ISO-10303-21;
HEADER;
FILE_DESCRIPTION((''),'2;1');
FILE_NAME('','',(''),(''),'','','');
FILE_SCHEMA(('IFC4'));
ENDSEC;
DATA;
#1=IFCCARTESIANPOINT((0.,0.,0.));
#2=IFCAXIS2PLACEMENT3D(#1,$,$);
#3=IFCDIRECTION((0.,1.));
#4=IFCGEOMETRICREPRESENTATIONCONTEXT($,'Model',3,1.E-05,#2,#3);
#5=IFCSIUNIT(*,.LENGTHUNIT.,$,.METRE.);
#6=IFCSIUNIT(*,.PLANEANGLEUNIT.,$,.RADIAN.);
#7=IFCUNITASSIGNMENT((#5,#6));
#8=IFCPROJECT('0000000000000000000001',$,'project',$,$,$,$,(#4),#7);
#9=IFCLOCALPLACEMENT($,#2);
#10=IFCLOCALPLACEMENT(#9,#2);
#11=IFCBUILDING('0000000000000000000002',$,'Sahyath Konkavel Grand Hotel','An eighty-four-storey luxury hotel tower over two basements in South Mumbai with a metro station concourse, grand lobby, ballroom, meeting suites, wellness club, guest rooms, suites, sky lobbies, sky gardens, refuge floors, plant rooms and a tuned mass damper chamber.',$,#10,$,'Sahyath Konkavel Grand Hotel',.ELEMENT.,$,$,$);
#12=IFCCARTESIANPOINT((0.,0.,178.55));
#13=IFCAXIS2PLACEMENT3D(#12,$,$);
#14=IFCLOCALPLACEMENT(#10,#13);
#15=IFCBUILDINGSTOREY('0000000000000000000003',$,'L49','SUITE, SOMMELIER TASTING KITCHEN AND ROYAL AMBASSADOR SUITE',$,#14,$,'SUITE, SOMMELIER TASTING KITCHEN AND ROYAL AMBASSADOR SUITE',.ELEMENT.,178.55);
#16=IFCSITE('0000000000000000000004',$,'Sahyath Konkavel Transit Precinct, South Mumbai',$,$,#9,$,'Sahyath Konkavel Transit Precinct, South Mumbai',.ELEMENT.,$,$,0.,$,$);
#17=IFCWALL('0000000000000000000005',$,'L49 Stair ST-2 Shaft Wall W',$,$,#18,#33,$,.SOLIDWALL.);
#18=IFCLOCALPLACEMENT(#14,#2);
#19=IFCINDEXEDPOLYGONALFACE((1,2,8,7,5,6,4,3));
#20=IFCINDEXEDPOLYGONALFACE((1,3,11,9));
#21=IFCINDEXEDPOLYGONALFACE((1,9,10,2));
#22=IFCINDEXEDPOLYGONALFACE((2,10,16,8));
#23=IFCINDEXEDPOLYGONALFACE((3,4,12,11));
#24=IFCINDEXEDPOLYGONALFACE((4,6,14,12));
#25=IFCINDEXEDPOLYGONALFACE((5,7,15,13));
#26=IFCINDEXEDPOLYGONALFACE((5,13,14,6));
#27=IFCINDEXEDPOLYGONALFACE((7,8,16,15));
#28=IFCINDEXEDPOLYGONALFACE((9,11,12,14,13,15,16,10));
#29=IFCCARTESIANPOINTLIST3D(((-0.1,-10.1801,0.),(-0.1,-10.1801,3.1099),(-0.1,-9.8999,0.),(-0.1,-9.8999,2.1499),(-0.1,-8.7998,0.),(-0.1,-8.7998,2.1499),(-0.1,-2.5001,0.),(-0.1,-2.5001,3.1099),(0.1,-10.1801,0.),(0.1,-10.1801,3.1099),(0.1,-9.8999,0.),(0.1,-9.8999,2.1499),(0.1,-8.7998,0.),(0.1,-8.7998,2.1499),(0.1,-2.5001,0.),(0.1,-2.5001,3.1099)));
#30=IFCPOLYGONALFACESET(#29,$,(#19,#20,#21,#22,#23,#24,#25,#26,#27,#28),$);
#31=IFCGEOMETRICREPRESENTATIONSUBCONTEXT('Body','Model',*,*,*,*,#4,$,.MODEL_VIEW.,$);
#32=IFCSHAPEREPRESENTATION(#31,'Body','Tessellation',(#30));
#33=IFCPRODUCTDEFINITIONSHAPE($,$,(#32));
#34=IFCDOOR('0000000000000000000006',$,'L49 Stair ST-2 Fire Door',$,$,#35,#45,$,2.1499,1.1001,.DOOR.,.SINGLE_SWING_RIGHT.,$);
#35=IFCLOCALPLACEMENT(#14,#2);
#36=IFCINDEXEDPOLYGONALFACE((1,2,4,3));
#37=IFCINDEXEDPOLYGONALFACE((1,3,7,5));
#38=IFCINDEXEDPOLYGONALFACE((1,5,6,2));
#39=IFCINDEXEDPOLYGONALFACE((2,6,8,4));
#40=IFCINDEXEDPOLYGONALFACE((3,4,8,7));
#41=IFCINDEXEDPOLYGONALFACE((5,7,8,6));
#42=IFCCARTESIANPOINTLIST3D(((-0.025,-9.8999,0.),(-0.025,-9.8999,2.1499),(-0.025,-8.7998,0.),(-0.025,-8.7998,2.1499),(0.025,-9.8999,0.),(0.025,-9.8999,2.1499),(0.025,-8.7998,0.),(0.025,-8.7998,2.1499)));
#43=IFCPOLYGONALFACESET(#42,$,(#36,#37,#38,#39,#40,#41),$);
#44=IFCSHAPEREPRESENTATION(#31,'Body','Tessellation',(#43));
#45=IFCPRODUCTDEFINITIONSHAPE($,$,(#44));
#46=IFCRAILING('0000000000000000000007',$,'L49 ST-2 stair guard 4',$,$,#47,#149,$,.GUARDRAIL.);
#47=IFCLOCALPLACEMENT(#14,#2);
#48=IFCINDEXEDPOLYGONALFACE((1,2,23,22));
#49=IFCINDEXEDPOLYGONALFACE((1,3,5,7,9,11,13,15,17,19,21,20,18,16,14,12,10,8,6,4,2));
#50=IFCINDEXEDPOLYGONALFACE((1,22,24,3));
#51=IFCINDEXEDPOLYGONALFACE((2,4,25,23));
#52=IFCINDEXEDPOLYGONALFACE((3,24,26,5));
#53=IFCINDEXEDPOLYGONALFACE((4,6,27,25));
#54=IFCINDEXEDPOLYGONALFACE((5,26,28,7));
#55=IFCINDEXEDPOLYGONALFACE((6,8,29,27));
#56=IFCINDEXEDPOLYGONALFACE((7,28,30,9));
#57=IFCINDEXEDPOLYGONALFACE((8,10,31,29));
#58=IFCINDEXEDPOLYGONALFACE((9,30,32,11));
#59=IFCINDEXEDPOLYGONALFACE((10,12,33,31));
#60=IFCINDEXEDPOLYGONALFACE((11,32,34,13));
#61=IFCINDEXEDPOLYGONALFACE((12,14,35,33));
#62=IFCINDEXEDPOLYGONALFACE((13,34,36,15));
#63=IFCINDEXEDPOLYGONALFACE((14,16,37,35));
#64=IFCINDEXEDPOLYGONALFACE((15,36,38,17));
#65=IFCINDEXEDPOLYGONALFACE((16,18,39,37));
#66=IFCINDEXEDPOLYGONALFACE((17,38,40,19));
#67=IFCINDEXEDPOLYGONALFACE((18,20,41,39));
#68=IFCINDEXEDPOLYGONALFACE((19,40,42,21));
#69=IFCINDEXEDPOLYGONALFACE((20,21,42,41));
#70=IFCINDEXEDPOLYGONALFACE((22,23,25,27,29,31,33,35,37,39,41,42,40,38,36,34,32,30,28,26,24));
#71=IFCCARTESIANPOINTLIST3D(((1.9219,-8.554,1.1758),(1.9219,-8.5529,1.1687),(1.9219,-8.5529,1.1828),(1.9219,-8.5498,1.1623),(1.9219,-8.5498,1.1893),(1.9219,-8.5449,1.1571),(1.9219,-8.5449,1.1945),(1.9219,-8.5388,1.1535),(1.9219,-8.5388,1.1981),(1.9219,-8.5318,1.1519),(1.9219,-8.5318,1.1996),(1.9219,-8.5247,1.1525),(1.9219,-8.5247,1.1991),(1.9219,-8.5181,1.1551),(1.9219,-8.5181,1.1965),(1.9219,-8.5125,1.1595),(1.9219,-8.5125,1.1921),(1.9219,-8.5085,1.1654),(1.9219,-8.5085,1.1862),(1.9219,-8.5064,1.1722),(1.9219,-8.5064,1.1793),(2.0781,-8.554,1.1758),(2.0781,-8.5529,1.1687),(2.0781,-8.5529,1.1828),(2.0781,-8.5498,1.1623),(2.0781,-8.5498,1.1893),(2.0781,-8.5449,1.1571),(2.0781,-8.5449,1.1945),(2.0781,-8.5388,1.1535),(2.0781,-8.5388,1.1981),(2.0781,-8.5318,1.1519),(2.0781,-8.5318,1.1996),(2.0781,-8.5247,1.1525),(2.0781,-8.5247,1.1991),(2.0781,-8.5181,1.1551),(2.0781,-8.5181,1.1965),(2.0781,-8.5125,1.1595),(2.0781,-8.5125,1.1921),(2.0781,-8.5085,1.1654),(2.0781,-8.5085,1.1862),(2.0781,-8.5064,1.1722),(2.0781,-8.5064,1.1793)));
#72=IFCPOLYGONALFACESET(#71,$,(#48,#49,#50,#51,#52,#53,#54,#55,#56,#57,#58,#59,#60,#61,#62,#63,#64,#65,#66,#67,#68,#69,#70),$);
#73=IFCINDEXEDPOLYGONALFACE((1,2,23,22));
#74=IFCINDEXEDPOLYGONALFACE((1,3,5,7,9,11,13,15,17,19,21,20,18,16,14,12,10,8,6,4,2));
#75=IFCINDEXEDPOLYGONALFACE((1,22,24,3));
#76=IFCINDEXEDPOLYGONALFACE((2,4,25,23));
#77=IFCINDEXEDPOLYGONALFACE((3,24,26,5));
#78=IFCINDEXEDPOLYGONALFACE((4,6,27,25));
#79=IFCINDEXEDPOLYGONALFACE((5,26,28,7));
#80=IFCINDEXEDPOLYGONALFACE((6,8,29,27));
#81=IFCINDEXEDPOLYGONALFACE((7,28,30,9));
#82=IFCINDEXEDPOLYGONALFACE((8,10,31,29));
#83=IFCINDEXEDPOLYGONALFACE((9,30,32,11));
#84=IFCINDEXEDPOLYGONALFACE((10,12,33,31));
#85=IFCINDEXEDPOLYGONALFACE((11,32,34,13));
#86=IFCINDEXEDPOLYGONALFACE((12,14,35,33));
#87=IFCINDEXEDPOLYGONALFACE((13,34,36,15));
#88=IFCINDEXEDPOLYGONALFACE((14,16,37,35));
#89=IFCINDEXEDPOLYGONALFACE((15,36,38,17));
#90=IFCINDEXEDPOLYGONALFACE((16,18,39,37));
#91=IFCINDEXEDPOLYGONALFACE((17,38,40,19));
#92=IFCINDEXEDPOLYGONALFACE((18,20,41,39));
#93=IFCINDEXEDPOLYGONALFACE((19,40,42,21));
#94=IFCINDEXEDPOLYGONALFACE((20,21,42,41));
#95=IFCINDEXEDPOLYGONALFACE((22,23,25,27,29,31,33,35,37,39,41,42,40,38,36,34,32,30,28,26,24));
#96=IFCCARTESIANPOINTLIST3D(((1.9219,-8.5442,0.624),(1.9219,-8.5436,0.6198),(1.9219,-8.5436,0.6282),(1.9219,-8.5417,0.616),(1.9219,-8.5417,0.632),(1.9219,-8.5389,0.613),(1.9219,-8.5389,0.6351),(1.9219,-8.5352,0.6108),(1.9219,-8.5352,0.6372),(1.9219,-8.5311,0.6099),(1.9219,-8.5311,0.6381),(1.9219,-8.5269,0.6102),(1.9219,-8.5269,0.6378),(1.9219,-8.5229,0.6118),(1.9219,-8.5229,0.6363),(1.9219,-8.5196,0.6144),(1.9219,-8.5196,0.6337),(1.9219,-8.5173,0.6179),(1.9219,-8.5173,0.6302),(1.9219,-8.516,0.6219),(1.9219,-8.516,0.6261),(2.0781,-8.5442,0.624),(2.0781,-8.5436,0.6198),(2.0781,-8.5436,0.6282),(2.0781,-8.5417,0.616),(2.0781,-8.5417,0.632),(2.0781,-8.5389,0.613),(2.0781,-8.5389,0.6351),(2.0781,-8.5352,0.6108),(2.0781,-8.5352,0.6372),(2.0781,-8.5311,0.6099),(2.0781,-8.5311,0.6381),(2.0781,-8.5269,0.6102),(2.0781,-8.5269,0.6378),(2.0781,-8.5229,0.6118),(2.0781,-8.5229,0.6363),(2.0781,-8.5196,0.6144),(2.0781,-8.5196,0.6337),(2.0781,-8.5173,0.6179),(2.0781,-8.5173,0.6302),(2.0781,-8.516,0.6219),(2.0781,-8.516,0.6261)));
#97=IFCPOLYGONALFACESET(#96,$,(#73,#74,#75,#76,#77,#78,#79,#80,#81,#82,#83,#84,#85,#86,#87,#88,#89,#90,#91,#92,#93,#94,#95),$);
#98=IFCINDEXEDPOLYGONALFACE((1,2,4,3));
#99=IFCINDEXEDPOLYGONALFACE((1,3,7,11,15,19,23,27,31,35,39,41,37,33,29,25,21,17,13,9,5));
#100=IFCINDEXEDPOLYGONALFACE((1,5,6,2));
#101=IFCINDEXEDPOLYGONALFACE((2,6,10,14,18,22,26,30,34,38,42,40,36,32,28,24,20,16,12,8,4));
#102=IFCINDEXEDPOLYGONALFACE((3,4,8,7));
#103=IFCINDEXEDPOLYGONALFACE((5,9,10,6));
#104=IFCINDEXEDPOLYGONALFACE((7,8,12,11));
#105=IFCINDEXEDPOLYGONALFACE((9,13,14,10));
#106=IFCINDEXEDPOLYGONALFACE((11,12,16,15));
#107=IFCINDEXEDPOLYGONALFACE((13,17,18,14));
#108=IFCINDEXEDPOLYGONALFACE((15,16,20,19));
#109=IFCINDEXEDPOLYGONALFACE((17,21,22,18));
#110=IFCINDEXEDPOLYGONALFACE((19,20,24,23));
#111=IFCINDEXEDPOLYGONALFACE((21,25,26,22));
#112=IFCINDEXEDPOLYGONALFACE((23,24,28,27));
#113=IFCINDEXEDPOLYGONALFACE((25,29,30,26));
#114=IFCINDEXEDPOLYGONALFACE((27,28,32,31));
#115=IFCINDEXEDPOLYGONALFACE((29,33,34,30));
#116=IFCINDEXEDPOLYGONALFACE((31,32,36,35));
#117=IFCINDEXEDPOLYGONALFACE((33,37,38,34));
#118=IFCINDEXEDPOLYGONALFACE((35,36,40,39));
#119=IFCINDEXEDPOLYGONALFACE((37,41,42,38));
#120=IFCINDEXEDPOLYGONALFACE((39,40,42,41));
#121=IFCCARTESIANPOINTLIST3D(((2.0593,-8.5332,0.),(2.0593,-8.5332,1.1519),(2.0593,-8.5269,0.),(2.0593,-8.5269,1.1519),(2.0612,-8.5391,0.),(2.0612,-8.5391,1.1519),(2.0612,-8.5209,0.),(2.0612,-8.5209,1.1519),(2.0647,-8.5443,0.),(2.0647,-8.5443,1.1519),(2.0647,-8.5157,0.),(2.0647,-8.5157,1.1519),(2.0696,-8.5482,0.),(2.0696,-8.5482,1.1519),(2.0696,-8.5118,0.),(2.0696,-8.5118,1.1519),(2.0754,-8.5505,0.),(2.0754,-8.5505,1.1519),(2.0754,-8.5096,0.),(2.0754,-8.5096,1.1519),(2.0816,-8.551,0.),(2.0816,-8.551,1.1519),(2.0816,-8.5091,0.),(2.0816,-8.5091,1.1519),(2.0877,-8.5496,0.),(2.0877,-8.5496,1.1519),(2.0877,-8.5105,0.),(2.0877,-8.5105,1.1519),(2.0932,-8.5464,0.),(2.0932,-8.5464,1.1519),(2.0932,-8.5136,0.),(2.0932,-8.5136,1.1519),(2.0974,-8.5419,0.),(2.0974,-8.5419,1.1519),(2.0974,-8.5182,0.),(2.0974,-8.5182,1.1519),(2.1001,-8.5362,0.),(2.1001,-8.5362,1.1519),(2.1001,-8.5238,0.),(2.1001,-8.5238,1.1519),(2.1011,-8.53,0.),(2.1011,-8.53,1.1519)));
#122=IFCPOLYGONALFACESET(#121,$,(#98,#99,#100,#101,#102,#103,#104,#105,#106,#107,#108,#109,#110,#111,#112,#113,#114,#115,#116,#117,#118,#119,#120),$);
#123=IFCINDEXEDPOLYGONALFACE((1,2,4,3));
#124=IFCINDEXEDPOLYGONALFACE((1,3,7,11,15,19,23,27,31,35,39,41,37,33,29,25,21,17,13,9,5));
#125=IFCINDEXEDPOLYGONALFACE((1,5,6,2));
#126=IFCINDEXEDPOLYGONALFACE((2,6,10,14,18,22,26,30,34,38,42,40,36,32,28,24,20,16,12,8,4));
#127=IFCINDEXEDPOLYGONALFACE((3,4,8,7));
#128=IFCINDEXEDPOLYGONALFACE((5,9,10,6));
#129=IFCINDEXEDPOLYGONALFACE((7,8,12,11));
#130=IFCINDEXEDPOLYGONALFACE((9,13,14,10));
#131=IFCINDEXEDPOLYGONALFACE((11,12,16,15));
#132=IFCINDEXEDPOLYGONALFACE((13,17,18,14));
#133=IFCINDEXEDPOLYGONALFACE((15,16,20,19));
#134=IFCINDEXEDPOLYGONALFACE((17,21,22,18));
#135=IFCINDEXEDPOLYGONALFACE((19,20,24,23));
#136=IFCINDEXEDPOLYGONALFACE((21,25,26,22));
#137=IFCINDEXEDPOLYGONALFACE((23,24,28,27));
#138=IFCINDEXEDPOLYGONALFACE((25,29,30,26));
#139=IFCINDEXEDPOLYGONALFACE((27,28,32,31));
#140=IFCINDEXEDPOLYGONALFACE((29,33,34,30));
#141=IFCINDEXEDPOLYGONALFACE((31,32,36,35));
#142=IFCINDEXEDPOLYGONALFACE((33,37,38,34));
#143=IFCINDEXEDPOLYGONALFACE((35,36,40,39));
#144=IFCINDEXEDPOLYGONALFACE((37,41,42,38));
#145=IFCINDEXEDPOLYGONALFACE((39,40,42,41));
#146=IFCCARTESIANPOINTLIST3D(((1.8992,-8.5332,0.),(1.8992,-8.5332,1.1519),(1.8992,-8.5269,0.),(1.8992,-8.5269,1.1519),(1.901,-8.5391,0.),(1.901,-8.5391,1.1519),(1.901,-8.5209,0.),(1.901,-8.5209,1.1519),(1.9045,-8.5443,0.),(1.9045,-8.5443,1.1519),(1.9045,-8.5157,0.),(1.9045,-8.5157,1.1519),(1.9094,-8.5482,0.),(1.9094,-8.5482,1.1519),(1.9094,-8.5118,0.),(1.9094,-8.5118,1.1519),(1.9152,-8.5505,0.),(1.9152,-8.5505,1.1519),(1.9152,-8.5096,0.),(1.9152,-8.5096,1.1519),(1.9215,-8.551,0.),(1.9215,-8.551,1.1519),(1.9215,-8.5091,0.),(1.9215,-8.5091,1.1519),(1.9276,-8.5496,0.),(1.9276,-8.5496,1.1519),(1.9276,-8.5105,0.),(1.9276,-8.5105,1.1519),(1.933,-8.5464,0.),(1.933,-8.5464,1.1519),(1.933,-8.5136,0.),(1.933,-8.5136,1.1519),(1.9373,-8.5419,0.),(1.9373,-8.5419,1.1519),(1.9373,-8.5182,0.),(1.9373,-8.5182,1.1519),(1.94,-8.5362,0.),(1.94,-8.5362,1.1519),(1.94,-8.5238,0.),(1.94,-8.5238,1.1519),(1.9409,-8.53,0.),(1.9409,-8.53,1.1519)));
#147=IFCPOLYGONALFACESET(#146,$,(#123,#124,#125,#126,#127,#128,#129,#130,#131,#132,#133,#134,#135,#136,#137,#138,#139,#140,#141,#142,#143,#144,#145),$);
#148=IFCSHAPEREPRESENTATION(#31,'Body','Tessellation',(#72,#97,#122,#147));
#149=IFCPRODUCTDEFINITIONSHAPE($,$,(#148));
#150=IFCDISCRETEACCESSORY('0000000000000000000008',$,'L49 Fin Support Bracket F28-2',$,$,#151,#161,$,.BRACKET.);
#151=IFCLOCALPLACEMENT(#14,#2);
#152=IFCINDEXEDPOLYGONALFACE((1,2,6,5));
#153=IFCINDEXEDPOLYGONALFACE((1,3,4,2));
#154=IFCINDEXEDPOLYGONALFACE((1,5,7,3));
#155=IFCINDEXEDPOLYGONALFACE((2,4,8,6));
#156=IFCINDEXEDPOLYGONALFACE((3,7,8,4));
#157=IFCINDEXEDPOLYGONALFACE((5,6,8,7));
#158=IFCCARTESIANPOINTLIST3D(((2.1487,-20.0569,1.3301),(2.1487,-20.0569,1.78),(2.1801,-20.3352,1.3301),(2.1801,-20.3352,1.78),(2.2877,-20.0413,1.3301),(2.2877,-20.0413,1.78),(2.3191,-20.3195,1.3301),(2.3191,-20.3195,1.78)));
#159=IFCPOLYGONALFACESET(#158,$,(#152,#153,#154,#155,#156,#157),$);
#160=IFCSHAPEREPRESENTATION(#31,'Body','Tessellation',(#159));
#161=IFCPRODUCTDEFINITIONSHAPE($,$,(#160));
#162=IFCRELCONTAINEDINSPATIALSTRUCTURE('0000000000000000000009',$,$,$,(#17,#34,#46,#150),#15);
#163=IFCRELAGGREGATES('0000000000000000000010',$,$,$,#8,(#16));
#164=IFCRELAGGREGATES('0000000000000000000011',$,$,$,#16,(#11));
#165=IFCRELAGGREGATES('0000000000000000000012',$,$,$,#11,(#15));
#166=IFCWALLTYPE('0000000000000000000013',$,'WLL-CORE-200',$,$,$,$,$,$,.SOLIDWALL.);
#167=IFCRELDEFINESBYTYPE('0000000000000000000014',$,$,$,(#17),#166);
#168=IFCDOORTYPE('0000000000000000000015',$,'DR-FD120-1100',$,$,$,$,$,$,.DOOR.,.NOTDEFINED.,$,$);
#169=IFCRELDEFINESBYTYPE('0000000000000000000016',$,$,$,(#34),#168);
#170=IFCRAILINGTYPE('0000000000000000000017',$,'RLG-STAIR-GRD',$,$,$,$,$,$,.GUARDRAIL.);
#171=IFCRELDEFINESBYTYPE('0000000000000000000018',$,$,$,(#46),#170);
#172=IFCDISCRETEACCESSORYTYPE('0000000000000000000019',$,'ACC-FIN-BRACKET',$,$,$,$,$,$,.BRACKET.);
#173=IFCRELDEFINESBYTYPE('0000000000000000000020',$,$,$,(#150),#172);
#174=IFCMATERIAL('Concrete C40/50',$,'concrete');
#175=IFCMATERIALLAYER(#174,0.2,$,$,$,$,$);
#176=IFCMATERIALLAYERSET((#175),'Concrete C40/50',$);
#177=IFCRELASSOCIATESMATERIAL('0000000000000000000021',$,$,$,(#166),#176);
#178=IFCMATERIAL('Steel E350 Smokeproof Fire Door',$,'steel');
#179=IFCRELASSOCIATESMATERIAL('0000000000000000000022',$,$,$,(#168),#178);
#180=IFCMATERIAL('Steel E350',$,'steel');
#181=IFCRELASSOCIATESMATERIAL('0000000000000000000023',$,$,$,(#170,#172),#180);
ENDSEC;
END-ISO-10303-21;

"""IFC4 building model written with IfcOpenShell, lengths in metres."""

from ifc_helpers import new_model, si_unit, direction, frame, frame_2d, origin, origin_2d, place, context, subcontext, project, spatial, rectangle, circle, extrude, source, transform, mapped, material, layer, layer_set, type_object, element, fill, save


model = new_model("IFC4")

# Units and contexts
model_context = context("Model", 3, precision=1e-05, world=origin(), true_north=direction((0.0, 1.0)))
body_context = subcontext(model_context, "Body", "Model", "MODEL_VIEW")
ifc_project = project(units=[si_unit("LENGTHUNIT", "METRE"), si_unit("PLANEANGLEUNIT", "RADIAN")], contexts=[model_context])

# Site, building, storey
site_placement = place(None, origin())
site = spatial("IfcSite", under=ifc_project, at=site_placement, Name="Sahyath Konkavel Transit Precinct, South Mumbai", LongName="Sahyath Konkavel Transit Precinct, South Mumbai", CompositionType="ELEMENT", RefElevation=0.0)
building_placement = place(site_placement, origin())
building = spatial("IfcBuilding", under=site, at=building_placement, Name="Sahyath Konkavel Grand Hotel", Description="An eighty-four-storey luxury hotel tower over two basements in South Mumbai with a metro station concourse, grand lobby, ballroom, meeting suites, wellness club, guest rooms, suites, sky lobbies, sky gardens, refuge floors, plant rooms and a tuned mass damper chamber.", LongName="Sahyath Konkavel Grand Hotel", CompositionType="ELEMENT")
storey_placement = place(building_placement, frame((0.0, 0.0, 178.55)))
storey = spatial("IfcBuildingStorey", under=building, at=storey_placement, Name="L49", Description="SUITE, SOMMELIER TASTING KITCHEN AND ROYAL AMBASSADOR SUITE", LongName="SUITE, SOMMELIER TASTING KITCHEN AND ROYAL AMBASSADOR SUITE", CompositionType="ELEMENT", Elevation=178.55)

# Shared definitions
ifc_material_1 = material(Name="Steel E350", Category="steel")

# Wall, opening, door
ifc_material_2 = material(Name="Concrete C40/50", Category="concrete")
ifc_layer_1 = layer(ifc_material_2, 0.2)
ifc_layer_set_1 = layer_set([ifc_layer_1], Name="Concrete C40/50")
wall_type_1 = type_object("IfcWallType", Name="WLL-CORE-200", PredefinedType="SOLIDWALL", material=ifc_layer_set_1)
wall_1_placement = place(storey_placement, frame((0.0, -10.1799, 0.0), z_axis=(0.0, 0.0, 1.0), x_axis=(0.0, 1.0, 0.0)))
wall_1 = element("IfcWall", 1, at=wall_1_placement, inside=storey, type_object=wall_type_1, Name="L49 Stair ST-2 Shaft Wall W", PredefinedType="SOLIDWALL", context=body_context, shape_type="SweptSolid", body=[
    extrude(rectangle(XDim=7.6799, YDim=0.2, at=frame_2d((3.8398, 0.0))), origin(), (0.0, 0.0, 1.0), 3.1099),
])
opening_placement = place(wall_1_placement, frame((0.28, 0.0, 0.0)))
opening = element("IfcOpeningElement", 2, at=opening_placement, cuts=wall_1, PredefinedType="OPENING", context=body_context, shape_type="SweptSolid", body=[
    extrude(rectangle(XDim=1.1001, YDim=2.1499, at=frame_2d((0.55, 1.075))), frame((0.0, 0.1099, 0.0), z_axis=(0.0, -1.0, 0.0), x_axis=(1.0, 0.0, 0.0)), (0.0, 0.0, 1.0), 0.22),
])
ifc_material_3 = material(Name="Steel E350 Smokeproof Fire Door", Category="steel")
door_type = type_object("IfcDoorType", Name="DR-FD120-1100", OperationType="NOTDEFINED", PredefinedType="DOOR", material=ifc_material_3)
shared_shape_1 = source(origin(), body_context, "Body", "SweptSolid", [
    extrude(rectangle(XDim=1.1001, YDim=0.05, at=origin_2d()), origin(), (0.0, 0.0, 1.0), 2.1499),
])
door_placement = place(opening_placement, frame((0.55, 0.0, 0.0)))
door = element("IfcDoor", 3, at=door_placement, inside=storey, type_object=door_type, Name="L49 Stair ST-2 Fire Door", OperationType="SINGLE_SWING_RIGHT", OverallHeight=2.1499, OverallWidth=1.1001, PredefinedType="DOOR", context=body_context, shape_type="MappedRepresentation", body=[
    mapped(shared_shape_1, transform((0.0, 0.0, 0.0), scale=1.0)),
])
fill(opening, door)

# Railing
railing_type = type_object("IfcRailingType", Name="RLG-STAIR-GRD", PredefinedType="GUARDRAIL", material=ifc_material_1)
railing_placement = place(storey_placement, frame((2.0801, -8.53, 0.0)))
element("IfcRailing", 4, at=railing_placement, inside=storey, type_object=railing_type, Name="L49 ST-2 stair guard 4", PredefinedType="GUARDRAIL", context=body_context, shape_type="SweptSolid", body=[
    extrude(circle(Radius=0.0239, at=origin_2d()), frame((-0.002, 0.0, 1.1758), z_axis=(-1.0, 0.0, 0.0), x_axis=(0.0, -1.0, 0.0)), (0.0, 0.0, 1.0), 0.1562),
    extrude(circle(Radius=0.0142, at=origin_2d()), frame((-0.002, 0.0, 0.624), z_axis=(-1.0, 0.0, 0.0), x_axis=(0.0, -1.0, 0.0)), (0.0, 0.0, 1.0), 0.1562),
    extrude(circle(Radius=0.021, at=origin_2d()), origin(), (0.0, 0.0, 1.0), 1.1519),
    extrude(circle(Radius=0.021, at=origin_2d()), frame((-0.1602, 0.0, 0.0)), (0.0, 0.0, 1.0), 1.1519),
])

# Discrete accessory
discrete_accessory_type = type_object("IfcDiscreteAccessoryType", Name="ACC-FIN-BRACKET", PredefinedType="BRACKET", material=ifc_material_1)
shared_shape_2 = source(origin(), body_context, "Body", "SweptSolid", [
    extrude(rectangle(XDim=0.28, YDim=0.1399, at=origin_2d()), origin(), (0.0, 0.0, 1.0), 0.45),
])
discrete_accessory_placement = place(storey_placement, frame((2.2339, -20.1882, 1.3301), z_axis=(0.0, 0.0, 1.0), x_axis=(0.112007, -0.993707, 0.0)))
element("IfcDiscreteAccessory", 5, at=discrete_accessory_placement, inside=storey, type_object=discrete_accessory_type, Name="L49 Fin Support Bracket F28-2", PredefinedType="BRACKET", context=body_context, shape_type="MappedRepresentation", body=[
    mapped(shared_shape_2, transform((0.0, 0.0, 0.0), scale=1.0)),
])

save(model, "model.ifc")
